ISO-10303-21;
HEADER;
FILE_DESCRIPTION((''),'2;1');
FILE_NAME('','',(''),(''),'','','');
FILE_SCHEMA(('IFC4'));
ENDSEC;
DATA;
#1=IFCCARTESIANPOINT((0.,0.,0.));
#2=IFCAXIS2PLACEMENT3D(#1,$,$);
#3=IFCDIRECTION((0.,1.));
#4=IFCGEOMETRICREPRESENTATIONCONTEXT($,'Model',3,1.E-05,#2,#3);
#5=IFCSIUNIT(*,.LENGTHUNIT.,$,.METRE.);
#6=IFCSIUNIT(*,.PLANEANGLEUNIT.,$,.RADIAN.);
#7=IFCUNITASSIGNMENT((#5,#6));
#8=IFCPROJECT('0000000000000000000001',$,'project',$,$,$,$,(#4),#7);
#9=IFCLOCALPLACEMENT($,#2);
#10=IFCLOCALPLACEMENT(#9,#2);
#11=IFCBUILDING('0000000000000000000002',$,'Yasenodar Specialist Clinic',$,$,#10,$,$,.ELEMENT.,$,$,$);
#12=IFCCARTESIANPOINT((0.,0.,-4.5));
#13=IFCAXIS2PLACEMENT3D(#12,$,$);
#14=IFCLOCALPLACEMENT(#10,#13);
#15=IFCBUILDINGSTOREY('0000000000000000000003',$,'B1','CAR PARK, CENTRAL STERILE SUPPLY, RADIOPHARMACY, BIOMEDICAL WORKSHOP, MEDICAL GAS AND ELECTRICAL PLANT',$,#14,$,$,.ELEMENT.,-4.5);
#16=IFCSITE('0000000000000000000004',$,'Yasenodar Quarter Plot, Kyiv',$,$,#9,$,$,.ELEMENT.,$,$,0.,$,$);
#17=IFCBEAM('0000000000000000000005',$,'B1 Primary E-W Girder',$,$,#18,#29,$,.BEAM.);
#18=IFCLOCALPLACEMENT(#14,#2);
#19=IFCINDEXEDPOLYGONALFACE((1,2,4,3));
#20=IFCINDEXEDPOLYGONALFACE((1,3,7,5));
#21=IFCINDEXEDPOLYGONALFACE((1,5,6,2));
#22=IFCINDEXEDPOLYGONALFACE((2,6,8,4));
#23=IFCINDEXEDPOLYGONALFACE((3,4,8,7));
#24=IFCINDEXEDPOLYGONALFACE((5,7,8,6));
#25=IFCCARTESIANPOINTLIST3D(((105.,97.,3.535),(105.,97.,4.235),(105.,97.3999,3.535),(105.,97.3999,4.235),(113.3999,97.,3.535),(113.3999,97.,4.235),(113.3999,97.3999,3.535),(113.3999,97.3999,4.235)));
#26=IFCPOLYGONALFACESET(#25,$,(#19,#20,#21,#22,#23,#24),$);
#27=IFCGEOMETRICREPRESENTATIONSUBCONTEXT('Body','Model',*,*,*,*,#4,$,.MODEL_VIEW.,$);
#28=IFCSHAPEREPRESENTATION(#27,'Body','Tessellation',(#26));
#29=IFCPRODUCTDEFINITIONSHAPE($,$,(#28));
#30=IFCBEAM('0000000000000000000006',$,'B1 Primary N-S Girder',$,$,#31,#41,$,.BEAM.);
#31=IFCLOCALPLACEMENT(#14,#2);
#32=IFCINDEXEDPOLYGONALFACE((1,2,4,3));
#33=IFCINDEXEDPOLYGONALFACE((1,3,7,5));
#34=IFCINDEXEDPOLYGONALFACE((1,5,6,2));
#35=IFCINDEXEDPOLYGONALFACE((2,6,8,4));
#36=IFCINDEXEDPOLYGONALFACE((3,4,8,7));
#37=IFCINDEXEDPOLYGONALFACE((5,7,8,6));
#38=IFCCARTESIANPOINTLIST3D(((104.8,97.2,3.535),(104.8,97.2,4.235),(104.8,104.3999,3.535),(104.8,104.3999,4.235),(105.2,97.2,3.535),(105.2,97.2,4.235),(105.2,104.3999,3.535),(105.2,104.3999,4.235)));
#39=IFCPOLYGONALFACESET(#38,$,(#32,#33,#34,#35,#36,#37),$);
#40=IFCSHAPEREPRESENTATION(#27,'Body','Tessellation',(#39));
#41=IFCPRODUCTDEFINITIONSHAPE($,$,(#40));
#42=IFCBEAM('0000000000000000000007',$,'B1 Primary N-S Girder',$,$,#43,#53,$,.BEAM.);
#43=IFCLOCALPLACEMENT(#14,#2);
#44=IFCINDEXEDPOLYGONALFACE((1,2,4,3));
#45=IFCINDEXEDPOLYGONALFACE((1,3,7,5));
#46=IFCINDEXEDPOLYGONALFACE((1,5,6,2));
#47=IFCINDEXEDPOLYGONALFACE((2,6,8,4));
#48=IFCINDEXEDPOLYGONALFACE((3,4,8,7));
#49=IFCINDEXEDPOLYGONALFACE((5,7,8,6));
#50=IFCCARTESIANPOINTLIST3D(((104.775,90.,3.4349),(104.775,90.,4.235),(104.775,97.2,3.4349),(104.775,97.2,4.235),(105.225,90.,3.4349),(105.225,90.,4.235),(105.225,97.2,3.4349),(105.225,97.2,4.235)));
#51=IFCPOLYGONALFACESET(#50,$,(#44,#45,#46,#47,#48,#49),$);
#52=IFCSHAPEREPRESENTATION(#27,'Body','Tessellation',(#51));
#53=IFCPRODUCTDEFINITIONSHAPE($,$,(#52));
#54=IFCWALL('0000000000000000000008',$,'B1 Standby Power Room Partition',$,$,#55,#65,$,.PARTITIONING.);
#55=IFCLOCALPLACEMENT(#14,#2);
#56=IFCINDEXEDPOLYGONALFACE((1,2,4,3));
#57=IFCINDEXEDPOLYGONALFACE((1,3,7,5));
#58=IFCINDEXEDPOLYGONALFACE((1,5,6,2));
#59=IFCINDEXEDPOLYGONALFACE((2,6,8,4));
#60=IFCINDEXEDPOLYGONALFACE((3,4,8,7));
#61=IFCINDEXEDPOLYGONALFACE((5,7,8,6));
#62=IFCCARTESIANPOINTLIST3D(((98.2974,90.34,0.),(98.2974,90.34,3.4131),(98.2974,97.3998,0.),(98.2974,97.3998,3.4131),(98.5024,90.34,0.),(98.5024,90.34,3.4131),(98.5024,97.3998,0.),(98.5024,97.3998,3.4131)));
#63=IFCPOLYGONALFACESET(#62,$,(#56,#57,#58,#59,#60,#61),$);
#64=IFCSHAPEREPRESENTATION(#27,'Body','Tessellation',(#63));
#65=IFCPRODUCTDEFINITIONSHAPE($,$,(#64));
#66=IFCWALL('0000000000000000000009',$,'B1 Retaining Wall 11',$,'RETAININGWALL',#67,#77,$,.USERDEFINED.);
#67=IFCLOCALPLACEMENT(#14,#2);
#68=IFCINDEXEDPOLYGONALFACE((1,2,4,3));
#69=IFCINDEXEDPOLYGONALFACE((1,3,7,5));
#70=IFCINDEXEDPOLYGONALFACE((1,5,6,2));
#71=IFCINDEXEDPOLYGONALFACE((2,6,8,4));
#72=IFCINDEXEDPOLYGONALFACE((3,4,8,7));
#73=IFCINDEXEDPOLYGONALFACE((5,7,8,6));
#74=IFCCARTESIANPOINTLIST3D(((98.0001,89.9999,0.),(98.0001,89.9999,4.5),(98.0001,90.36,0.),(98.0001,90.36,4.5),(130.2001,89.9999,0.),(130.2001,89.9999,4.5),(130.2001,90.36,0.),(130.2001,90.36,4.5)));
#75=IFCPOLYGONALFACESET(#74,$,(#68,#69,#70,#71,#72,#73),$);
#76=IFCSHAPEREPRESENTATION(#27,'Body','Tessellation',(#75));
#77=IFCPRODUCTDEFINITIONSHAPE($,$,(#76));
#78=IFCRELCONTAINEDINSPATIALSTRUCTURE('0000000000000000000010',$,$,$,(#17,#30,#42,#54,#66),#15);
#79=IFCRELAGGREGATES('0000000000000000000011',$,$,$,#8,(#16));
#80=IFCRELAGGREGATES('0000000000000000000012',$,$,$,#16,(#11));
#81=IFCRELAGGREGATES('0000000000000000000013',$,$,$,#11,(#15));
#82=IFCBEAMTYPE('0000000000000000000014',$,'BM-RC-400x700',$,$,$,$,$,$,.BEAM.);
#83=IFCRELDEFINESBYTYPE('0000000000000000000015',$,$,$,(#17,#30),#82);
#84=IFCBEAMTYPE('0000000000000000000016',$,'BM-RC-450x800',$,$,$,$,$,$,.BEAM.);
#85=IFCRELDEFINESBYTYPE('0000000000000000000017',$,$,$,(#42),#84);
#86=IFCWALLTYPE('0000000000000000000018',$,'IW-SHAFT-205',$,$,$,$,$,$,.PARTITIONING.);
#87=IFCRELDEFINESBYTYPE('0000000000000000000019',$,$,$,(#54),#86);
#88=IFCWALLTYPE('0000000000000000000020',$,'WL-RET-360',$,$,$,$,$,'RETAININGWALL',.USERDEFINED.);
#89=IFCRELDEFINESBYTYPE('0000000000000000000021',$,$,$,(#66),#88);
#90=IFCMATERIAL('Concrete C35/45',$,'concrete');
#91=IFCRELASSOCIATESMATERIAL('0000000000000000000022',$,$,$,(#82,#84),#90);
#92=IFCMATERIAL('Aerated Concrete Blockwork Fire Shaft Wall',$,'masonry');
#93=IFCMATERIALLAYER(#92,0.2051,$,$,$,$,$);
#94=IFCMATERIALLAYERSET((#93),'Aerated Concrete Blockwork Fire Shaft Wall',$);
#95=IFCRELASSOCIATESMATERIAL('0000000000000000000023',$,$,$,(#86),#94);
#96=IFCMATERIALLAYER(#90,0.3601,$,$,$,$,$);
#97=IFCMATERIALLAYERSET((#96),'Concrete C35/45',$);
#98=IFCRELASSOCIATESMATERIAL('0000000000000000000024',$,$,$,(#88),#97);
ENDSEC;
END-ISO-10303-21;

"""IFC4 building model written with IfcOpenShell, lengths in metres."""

from ifc_helpers import new_model, si_unit, direction, frame, frame_2d, origin, origin_2d, place, context, subcontext, project, spatial, rectangle, extrude, material, layer, layer_set, material_profile, profile_set, type_object, element, save


model = new_model("IFC4")

# Units and contexts
model_context = context("Model", 3, precision=1e-05, world=origin(), true_north=direction((0.0, 1.0)))
body_context = subcontext(model_context, "Body", "Model", "MODEL_VIEW")
ifc_project = project(units=[si_unit("LENGTHUNIT", "METRE"), si_unit("PLANEANGLEUNIT", "RADIAN")], contexts=[model_context])

# Site, building, storey
site_placement = place(None, origin())
site = spatial("IfcSite", under=ifc_project, at=site_placement, Name="Yasenodar Quarter Plot, Kyiv", CompositionType="ELEMENT", RefElevation=0.0)
building_placement = place(site_placement, origin())
building = spatial("IfcBuilding", under=site, at=building_placement, Name="Yasenodar Specialist Clinic", CompositionType="ELEMENT")
storey_placement = place(building_placement, frame((0.0, 0.0, -4.5)))
storey = spatial("IfcBuildingStorey", under=building, at=storey_placement, Name="B1", Description="CAR PARK, CENTRAL STERILE SUPPLY, RADIOPHARMACY, BIOMEDICAL WORKSHOP, MEDICAL GAS AND ELECTRICAL PLANT", CompositionType="ELEMENT", Elevation=-4.5)

# Shared definitions
ifc_material_1 = material(Name="Concrete C35/45", Category="concrete")

# Beams
ifc_material_profile_1 = material_profile(ifc_material_1, rectangle(XDim=0.3999, YDim=0.7, at=origin_2d()), Name="RC 400x700")
ifc_profile_set_1 = profile_set([ifc_material_profile_1], Name="Concrete C35/45")
beam_type_1 = type_object("IfcBeamType", Name="BM-RC-400x700", PredefinedType="BEAM", material=ifc_profile_set_1)
for number, where, z_axis, x_axis, name in (
    (1, (105.0, 97.2, 3.885), (1.0, 0.0, 0.0), (0.0, 1.0, 0.0), "B1 Primary E-W Girder"),
):
    element("IfcBeam", number, at=place(storey_placement, frame(where, z_axis=z_axis, x_axis=x_axis)), inside=storey, type_object=beam_type_1, Name=name, PredefinedType="BEAM", context=body_context, shape_type="SweptSolid", body=[
        extrude(rectangle(XDim=0.3999, YDim=0.7, at=origin_2d()), origin(), (0.0, 0.0, 1.0), 8.3999),
    ])
beam_1_placement = place(storey_placement, frame((105.0, 97.2, 3.885), z_axis=(0.0, 1.0, 0.0), x_axis=(-1.0, 0.0, 0.0)))
element("IfcBeam", 2, at=beam_1_placement, inside=storey, type_object=beam_type_1, Name="B1 Primary N-S Girder", PredefinedType="BEAM", context=body_context, shape_type="SweptSolid", body=[
    extrude(rectangle(XDim=0.3999, YDim=0.7, at=origin_2d()), origin(), (0.0, 0.0, 1.0), 7.2),
])
ifc_material_profile_2 = material_profile(ifc_material_1, rectangle(XDim=0.45, YDim=0.8, at=origin_2d()), Name="RC 450x800")
ifc_profile_set_2 = profile_set([ifc_material_profile_2], Name="Concrete C35/45")
beam_type_2 = type_object("IfcBeamType", Name="BM-RC-450x800", PredefinedType="BEAM", material=ifc_profile_set_2)
beam_2_placement = place(storey_placement, frame((105.0, 90.0, 3.835), z_axis=(0.0, 1.0, 0.0), x_axis=(-1.0, 0.0, 0.0)))
element("IfcBeam", 3, at=beam_2_placement, inside=storey, type_object=beam_type_2, Name="B1 Primary N-S Girder", PredefinedType="BEAM", context=body_context, shape_type="SweptSolid", body=[
    extrude(rectangle(XDim=0.45, YDim=0.8, at=origin_2d()), origin(), (0.0, 0.0, 1.0), 7.2),
])

# Walls
ifc_material_2 = material(Name="Aerated Concrete Blockwork Fire Shaft Wall", Category="masonry")
ifc_layer_1 = layer(ifc_material_2, 0.2051)
ifc_layer_set_1 = layer_set([ifc_layer_1], Name="Aerated Concrete Blockwork Fire Shaft Wall")
wall_type_1 = type_object("IfcWallType", Name="IW-SHAFT-205", PredefinedType="PARTITIONING", material=ifc_layer_set_1)
wall_1_placement = place(storey_placement, frame((98.3999, 90.3401, 0.0), z_axis=(0.0, 0.0, 1.0), x_axis=(0.0, 1.0, 0.0)))
element("IfcWall", 4, at=wall_1_placement, inside=storey, type_object=wall_type_1, Name="B1 Standby Power Room Partition", PredefinedType="PARTITIONING", context=body_context, shape_type="SweptSolid", body=[
    extrude(rectangle(XDim=7.0598, YDim=0.2051, at=frame_2d((3.5298, 0.0))), origin(), (0.0, 0.0, 1.0), 3.4131),
])
ifc_layer_2 = layer(ifc_material_1, 0.3601)
ifc_layer_set_2 = layer_set([ifc_layer_2], Name="Concrete C35/45")
wall_type_2 = type_object("IfcWallType", Name="WL-RET-360", ElementType="RETAININGWALL", PredefinedType="USERDEFINED", material=ifc_layer_set_2)
wall_2_placement = place(storey_placement, frame((98.0, 90.1799, 0.0), z_axis=(0.0, 0.0, 1.0), x_axis=(1.0, 0.0, 0.0)))
element("IfcWall", 5, at=wall_2_placement, inside=storey, type_object=wall_type_2, Name="B1 Retaining Wall 11", ObjectType="RETAININGWALL", PredefinedType="USERDEFINED", context=body_context, shape_type="SweptSolid", body=[
    extrude(rectangle(XDim=32.2, YDim=0.3601, at=frame_2d((16.1001, 0.0))), origin(), (0.0, 0.0, 1.0), 4.5),
])

save(model, "model.ifc")
